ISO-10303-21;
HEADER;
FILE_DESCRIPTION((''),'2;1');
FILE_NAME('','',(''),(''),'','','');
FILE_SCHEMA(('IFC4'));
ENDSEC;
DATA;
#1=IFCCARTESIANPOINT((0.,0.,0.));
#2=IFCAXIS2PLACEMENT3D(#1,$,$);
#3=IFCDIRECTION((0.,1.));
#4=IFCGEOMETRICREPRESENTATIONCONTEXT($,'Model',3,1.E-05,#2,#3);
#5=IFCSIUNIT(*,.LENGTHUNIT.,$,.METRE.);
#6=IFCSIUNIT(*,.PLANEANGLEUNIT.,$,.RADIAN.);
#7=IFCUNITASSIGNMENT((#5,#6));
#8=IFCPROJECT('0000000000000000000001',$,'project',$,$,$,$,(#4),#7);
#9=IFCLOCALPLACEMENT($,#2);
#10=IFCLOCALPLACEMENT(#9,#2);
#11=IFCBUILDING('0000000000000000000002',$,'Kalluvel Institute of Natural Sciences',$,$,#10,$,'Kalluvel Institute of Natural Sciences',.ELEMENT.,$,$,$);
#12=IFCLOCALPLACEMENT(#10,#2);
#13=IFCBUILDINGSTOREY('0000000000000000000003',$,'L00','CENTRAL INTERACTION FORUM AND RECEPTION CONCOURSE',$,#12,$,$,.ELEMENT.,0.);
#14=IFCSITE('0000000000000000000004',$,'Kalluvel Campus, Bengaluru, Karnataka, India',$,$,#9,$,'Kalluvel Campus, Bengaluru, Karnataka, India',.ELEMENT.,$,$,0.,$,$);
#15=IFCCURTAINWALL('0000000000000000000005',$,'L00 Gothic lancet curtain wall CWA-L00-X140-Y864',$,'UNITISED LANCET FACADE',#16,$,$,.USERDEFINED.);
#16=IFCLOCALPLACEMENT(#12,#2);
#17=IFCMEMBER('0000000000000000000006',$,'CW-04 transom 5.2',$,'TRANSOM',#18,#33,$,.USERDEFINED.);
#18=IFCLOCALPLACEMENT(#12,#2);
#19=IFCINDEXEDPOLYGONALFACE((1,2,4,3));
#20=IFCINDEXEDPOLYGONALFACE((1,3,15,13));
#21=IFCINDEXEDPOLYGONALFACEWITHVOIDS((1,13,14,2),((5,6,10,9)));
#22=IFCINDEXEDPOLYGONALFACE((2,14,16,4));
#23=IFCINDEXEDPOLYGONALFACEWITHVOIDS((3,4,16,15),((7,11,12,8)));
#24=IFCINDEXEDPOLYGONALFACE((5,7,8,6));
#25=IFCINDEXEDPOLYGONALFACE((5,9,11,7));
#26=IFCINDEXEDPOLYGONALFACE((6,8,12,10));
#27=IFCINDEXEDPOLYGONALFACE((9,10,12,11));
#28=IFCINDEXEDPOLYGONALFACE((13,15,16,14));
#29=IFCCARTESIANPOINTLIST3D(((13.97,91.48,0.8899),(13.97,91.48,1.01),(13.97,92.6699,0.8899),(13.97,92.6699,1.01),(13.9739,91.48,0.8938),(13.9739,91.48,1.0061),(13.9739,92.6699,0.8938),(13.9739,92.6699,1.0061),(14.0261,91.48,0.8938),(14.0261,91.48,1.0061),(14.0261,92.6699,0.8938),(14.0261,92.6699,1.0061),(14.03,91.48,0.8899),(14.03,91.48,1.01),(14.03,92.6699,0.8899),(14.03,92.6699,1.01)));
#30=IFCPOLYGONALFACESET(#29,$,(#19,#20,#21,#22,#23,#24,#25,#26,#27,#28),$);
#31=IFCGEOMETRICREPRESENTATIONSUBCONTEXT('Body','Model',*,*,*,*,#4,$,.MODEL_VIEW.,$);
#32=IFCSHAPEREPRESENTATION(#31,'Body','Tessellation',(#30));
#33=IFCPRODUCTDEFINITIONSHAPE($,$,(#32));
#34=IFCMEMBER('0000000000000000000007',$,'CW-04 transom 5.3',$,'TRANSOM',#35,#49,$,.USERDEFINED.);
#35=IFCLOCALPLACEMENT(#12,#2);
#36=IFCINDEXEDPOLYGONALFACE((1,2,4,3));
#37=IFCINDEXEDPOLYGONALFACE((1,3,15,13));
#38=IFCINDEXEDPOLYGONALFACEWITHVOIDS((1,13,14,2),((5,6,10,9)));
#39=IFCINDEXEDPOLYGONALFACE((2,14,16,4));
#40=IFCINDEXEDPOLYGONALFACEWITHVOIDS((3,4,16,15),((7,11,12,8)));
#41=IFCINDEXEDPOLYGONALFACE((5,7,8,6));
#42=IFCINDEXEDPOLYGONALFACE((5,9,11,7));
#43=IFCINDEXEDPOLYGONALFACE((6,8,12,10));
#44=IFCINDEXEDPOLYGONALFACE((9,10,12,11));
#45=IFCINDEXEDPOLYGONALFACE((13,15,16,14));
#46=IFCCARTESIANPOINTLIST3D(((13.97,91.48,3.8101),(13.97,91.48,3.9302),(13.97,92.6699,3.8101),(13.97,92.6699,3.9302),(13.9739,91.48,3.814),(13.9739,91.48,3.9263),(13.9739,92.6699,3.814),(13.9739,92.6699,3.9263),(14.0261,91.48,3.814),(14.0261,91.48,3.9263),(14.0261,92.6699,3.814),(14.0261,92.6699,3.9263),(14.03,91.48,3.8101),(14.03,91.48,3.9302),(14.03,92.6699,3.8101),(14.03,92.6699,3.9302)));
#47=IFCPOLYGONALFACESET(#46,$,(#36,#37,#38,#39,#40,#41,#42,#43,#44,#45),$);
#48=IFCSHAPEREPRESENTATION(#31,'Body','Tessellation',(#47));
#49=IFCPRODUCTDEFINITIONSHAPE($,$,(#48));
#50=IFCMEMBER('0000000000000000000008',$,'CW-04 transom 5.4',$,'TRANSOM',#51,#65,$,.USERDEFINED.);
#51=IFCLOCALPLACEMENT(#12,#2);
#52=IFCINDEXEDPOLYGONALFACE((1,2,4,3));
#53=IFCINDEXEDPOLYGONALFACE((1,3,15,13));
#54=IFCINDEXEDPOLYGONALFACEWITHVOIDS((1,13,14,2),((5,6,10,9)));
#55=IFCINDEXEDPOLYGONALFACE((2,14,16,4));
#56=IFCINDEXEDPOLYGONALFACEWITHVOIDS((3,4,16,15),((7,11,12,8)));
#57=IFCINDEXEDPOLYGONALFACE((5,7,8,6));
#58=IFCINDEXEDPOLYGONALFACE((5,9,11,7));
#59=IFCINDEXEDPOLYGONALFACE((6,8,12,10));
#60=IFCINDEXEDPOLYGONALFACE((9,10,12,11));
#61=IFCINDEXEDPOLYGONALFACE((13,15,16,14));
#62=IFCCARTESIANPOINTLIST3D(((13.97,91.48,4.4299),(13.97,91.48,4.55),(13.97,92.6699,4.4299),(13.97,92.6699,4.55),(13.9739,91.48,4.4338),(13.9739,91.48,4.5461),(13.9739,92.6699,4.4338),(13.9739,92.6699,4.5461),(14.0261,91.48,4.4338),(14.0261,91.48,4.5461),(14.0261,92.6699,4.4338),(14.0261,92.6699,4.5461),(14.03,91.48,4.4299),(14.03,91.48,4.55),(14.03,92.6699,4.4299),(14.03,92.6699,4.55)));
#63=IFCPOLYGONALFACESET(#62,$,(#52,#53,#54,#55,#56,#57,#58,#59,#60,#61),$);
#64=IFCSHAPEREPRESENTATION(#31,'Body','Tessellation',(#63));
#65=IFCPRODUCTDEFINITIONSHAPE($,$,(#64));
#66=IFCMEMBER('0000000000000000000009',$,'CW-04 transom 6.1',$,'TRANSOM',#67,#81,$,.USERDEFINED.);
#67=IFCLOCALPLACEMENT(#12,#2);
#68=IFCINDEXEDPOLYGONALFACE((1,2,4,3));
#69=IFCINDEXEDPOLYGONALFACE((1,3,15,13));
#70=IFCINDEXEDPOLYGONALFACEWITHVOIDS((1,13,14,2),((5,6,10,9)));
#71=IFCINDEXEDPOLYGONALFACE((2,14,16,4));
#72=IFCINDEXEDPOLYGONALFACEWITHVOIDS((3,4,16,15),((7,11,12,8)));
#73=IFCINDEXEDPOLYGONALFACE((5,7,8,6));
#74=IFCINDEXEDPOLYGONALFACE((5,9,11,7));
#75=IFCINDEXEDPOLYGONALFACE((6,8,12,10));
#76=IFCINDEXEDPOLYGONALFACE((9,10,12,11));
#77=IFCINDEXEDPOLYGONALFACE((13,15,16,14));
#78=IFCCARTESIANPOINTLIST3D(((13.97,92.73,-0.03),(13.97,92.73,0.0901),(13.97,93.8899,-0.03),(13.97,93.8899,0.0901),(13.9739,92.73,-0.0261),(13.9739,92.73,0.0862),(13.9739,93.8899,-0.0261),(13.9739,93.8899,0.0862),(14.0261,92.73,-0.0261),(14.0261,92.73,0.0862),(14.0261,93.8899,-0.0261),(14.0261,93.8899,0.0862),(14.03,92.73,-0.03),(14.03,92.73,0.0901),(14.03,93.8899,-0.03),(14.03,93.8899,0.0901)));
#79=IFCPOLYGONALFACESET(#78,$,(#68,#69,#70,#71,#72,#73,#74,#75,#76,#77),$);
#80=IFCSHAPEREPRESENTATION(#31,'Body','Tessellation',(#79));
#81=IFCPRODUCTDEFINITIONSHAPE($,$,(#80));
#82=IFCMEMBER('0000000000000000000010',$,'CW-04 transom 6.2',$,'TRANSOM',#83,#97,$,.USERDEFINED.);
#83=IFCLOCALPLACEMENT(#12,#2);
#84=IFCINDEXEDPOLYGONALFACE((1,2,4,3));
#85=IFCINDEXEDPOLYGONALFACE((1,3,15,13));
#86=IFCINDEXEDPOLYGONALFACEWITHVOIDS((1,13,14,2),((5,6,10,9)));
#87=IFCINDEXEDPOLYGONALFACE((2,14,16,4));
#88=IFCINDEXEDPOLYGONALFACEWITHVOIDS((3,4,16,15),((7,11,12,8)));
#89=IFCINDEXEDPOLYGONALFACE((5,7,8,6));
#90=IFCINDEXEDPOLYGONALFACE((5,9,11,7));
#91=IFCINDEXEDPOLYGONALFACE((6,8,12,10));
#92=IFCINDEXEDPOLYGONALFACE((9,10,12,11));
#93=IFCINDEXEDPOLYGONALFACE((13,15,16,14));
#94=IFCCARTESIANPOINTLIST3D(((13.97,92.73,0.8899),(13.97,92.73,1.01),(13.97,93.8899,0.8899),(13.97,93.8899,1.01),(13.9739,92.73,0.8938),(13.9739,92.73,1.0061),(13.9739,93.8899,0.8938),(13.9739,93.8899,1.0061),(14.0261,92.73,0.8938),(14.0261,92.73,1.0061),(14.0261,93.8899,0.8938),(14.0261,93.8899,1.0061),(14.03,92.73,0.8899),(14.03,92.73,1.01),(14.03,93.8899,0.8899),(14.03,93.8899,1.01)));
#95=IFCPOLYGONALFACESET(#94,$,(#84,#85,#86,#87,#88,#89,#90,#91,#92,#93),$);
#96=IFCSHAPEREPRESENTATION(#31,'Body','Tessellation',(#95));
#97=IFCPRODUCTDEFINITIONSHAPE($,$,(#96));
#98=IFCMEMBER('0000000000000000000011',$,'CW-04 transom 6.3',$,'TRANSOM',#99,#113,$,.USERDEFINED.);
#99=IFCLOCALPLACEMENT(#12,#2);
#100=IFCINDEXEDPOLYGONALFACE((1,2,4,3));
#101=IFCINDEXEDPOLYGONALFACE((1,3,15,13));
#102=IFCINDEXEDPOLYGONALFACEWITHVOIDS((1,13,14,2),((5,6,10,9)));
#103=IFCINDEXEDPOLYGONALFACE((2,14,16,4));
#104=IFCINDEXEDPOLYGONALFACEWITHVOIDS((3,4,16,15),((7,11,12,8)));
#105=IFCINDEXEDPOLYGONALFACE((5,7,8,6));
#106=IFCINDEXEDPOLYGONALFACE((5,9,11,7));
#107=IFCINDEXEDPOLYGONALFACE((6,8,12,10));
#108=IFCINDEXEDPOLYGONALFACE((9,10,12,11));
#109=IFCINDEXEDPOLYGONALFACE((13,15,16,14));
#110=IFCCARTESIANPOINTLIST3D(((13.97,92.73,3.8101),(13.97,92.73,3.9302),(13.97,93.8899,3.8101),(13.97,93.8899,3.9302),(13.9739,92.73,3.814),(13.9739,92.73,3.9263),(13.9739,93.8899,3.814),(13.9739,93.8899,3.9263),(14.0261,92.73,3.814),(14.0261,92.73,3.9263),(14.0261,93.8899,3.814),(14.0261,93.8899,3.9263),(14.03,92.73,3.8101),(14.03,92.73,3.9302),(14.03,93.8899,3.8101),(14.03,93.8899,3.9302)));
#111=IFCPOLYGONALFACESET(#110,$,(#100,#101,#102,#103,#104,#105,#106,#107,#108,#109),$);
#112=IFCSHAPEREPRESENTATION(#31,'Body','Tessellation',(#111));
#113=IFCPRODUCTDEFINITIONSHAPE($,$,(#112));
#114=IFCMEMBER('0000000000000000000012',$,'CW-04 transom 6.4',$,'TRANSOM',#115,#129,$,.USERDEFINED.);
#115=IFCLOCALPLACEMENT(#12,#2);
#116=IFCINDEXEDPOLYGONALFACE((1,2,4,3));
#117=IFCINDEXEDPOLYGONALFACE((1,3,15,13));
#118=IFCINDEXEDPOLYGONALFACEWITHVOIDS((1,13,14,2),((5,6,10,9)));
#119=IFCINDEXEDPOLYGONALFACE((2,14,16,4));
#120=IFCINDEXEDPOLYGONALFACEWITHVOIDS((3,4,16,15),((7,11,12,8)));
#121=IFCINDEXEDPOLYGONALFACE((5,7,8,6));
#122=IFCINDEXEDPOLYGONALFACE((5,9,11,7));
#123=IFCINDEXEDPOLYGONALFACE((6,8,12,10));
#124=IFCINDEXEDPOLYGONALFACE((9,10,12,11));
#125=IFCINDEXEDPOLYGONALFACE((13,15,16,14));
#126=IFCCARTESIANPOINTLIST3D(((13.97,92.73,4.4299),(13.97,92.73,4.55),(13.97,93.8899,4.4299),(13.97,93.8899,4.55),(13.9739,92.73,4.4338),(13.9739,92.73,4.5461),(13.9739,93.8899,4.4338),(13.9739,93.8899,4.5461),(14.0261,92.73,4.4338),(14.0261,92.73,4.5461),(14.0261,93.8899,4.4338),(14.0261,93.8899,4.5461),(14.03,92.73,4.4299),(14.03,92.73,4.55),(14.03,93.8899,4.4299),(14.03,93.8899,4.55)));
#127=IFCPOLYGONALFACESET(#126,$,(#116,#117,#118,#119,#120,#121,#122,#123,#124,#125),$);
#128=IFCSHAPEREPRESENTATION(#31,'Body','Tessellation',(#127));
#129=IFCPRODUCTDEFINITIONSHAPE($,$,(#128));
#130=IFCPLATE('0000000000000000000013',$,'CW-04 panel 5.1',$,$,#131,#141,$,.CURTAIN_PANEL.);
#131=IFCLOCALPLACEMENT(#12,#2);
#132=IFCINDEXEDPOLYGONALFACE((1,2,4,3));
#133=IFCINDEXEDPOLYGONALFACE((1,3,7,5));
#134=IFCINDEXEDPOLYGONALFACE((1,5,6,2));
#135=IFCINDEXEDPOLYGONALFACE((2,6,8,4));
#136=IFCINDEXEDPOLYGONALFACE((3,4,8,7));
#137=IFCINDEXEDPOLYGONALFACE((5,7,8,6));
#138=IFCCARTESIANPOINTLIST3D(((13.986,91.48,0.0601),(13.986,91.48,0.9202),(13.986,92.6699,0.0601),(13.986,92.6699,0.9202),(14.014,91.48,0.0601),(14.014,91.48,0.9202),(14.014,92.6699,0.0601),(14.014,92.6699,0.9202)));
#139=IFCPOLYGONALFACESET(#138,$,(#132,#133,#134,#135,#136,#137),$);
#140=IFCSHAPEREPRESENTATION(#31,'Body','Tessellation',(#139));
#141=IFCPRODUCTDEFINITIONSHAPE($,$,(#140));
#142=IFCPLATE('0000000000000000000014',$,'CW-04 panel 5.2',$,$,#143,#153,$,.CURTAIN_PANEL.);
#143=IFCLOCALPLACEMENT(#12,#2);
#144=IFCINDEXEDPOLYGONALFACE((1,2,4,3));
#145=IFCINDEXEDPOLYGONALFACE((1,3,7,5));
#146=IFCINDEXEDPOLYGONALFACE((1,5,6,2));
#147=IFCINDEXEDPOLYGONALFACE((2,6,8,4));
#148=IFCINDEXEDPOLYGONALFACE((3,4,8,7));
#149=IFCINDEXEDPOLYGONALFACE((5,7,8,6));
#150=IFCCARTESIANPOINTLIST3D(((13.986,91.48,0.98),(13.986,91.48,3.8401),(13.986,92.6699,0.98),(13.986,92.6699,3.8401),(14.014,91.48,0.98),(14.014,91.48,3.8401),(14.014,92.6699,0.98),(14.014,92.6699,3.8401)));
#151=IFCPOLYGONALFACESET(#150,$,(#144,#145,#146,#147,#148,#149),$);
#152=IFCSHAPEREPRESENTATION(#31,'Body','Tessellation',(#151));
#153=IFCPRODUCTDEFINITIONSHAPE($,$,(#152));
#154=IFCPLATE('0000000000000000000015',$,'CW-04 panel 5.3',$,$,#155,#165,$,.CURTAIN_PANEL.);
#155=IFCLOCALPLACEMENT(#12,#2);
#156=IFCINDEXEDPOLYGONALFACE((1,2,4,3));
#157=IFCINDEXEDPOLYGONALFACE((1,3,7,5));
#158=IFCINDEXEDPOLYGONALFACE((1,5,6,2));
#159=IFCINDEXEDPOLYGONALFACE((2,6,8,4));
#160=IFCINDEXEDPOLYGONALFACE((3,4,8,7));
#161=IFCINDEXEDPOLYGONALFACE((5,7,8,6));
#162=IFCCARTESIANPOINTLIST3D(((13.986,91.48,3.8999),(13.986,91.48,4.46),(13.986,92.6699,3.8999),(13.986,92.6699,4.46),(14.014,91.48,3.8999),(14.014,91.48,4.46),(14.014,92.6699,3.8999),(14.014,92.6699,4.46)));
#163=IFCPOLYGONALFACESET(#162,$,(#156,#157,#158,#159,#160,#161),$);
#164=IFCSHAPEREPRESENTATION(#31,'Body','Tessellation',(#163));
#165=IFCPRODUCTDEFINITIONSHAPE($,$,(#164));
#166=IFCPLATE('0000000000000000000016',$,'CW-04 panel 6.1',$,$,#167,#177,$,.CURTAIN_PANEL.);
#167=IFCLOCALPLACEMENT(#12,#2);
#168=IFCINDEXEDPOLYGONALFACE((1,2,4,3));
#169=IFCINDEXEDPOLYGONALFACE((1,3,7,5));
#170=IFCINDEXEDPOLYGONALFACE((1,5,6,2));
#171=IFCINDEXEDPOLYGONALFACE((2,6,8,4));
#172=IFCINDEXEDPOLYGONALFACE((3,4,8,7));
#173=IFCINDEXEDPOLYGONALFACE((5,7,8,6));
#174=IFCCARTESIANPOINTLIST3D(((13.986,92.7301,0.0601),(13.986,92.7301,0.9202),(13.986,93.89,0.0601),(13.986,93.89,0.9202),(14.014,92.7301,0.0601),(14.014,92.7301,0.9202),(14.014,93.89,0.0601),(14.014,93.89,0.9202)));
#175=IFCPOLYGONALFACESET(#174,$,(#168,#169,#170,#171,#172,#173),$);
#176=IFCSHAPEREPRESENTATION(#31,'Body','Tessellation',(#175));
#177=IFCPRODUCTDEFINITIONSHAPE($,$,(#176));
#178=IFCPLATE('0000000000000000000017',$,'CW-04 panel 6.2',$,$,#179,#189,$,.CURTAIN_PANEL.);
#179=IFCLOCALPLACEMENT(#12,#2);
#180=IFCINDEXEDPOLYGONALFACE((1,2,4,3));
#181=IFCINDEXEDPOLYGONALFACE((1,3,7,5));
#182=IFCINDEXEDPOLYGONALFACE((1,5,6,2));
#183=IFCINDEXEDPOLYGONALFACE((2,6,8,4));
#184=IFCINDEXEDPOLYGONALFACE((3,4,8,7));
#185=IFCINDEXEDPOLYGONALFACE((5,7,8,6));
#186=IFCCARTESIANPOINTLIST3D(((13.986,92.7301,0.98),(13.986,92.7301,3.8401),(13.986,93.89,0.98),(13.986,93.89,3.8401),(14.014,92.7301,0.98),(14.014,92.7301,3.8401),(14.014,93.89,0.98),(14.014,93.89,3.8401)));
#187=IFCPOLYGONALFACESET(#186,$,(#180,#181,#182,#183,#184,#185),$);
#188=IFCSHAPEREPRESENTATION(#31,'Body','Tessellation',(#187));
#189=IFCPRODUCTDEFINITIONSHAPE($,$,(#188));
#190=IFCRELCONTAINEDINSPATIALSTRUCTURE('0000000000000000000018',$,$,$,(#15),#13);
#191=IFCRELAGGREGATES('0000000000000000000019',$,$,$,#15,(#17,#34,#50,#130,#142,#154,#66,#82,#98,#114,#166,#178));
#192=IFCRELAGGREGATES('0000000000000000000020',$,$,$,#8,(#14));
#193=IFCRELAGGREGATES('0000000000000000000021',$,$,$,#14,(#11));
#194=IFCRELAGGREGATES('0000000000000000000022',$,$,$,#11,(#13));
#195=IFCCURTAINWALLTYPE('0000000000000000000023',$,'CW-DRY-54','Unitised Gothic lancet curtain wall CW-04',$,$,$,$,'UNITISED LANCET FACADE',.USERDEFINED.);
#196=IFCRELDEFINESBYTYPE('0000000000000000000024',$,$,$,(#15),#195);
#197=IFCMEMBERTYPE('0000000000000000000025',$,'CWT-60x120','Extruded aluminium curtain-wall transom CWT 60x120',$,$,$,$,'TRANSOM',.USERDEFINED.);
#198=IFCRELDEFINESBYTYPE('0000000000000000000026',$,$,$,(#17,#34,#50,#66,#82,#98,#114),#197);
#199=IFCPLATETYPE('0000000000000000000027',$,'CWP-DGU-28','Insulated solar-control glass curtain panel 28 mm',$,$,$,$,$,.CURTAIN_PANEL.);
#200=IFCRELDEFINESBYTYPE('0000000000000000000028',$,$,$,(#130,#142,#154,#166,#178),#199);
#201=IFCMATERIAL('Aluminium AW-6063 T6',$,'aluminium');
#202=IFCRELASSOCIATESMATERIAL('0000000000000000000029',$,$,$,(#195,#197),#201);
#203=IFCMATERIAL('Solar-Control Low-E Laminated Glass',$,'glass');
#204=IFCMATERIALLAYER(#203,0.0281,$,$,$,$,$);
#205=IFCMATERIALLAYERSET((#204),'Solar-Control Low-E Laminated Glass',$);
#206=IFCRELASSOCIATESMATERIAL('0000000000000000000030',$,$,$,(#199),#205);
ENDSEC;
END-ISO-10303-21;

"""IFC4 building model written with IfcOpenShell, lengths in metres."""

from ifc_helpers import new_model, si_unit, direction, frame, origin, origin_2d, place, context, subcontext, project, spatial, rectangle, hollow_rectangle, extrude, material, layer, layer_set, material_profile, profile_set, type_object, element, aggregate, save


model = new_model("IFC4")

# Units and contexts
model_context = context("Model", 3, precision=1e-05, world=origin(), true_north=direction((0.0, 1.0)))
body_context = subcontext(model_context, "Body", "Model", "MODEL_VIEW")
ifc_project = project(units=[si_unit("LENGTHUNIT", "METRE"), si_unit("PLANEANGLEUNIT", "RADIAN")], contexts=[model_context])

# Site, building, storey
site_placement = place(None, origin())
site = spatial("IfcSite", under=ifc_project, at=site_placement, Name="Kalluvel Campus, Bengaluru, Karnataka, India", LongName="Kalluvel Campus, Bengaluru, Karnataka, India", CompositionType="ELEMENT", RefElevation=0.0)
building_placement = place(site_placement, origin())
building = spatial("IfcBuilding", under=site, at=building_placement, Name="Kalluvel Institute of Natural Sciences", LongName="Kalluvel Institute of Natural Sciences", CompositionType="ELEMENT")
storey_placement = place(building_placement, origin())
storey = spatial("IfcBuildingStorey", under=building, at=storey_placement, Name="L00", Description="CENTRAL INTERACTION FORUM AND RECEPTION CONCOURSE", CompositionType="ELEMENT", Elevation=0.0)

# Curtain wall, members, plates
ifc_material_1 = material(Name="Aluminium AW-6063 T6", Category="aluminium")
curtain_wall_type = type_object("IfcCurtainWallType", Name="CW-DRY-54", Description="Unitised Gothic lancet curtain wall CW-04", ElementType="UNITISED LANCET FACADE", PredefinedType="USERDEFINED", material=ifc_material_1)
curtain_wall_placement = place(storey_placement, origin())
curtain_wall = element("IfcCurtainWall", 1, at=curtain_wall_placement, inside=storey, type_object=curtain_wall_type, Name="L00 Gothic lancet curtain wall CWA-L00-X140-Y864", ObjectType="UNITISED LANCET FACADE", PredefinedType="USERDEFINED")
ifc_material_profile_1 = material_profile(ifc_material_1, hollow_rectangle(XDim=0.0601, YDim=0.1201, WallThickness=0.0039, at=origin_2d()), Name="CWT 60x120")
ifc_profile_set_1 = profile_set([ifc_material_profile_1], Name="Aluminium AW-6063 T6")
member_type_1 = type_object("IfcMemberType", Name="CWT-60x120", Description="Extruded aluminium curtain-wall transom CWT 60x120", ElementType="TRANSOM", PredefinedType="USERDEFINED", material=ifc_profile_set_1)
member_1_placement = place(storey_placement, frame((14.0, 91.48, 0.95), z_axis=(0.0, 1.0, 0.0), x_axis=(-1.0, 0.0, 0.0)))
member_1 = element("IfcMember", 2, at=member_1_placement, type_object=member_type_1, Name="CW-04 transom 5.2", ObjectType="TRANSOM", PredefinedType="USERDEFINED", context=body_context, shape_type="SweptSolid", body=[
    extrude(hollow_rectangle(XDim=0.0601, YDim=0.1201, WallThickness=0.0039, at=origin_2d()), origin(), (0.0, 0.0, 1.0), 1.1899),
])
member_2_placement = place(storey_placement, frame((14.0, 91.48, 3.8701), z_axis=(0.0, 1.0, 0.0), x_axis=(-1.0, 0.0, 0.0)))
member_2 = element("IfcMember", 3, at=member_2_placement, type_object=member_type_1, Name="CW-04 transom 5.3", ObjectType="TRANSOM", PredefinedType="USERDEFINED", context=body_context, shape_type="SweptSolid", body=[
    extrude(hollow_rectangle(XDim=0.0601, YDim=0.1201, WallThickness=0.0039, at=origin_2d()), origin(), (0.0, 0.0, 1.0), 1.1899),
])
member_3_placement = place(storey_placement, frame((14.0, 91.48, 4.49), z_axis=(0.0, 1.0, 0.0), x_axis=(-1.0, 0.0, 0.0)))
member_3 = element("IfcMember", 4, at=member_3_placement, type_object=member_type_1, Name="CW-04 transom 5.4", ObjectType="TRANSOM", PredefinedType="USERDEFINED", context=body_context, shape_type="SweptSolid", body=[
    extrude(hollow_rectangle(XDim=0.0601, YDim=0.1201, WallThickness=0.0039, at=origin_2d()), origin(), (0.0, 0.0, 1.0), 1.1899),
])
member_4_placement = place(storey_placement, frame((14.0, 92.73, 0.03), z_axis=(0.0, 1.0, 0.0), x_axis=(-1.0, 0.0, 0.0)))
member_4 = element("IfcMember", 5, at=member_4_placement, type_object=member_type_1, Name="CW-04 transom 6.1", ObjectType="TRANSOM", PredefinedType="USERDEFINED", context=body_context, shape_type="SweptSolid", body=[
    extrude(hollow_rectangle(XDim=0.0601, YDim=0.1201, WallThickness=0.0039, at=origin_2d()), origin(), (0.0, 0.0, 1.0), 1.1599),
])
member_5_placement = place(storey_placement, frame((14.0, 92.73, 0.95), z_axis=(0.0, 1.0, 0.0), x_axis=(-1.0, 0.0, 0.0)))
member_5 = element("IfcMember", 6, at=member_5_placement, type_object=member_type_1, Name="CW-04 transom 6.2", ObjectType="TRANSOM", PredefinedType="USERDEFINED", context=body_context, shape_type="SweptSolid", body=[
    extrude(hollow_rectangle(XDim=0.0601, YDim=0.1201, WallThickness=0.0039, at=origin_2d()), origin(), (0.0, 0.0, 1.0), 1.1599),
])
member_6_placement = place(storey_placement, frame((14.0, 92.73, 3.8701), z_axis=(0.0, 1.0, 0.0), x_axis=(-1.0, 0.0, 0.0)))
member_6 = element("IfcMember", 7, at=member_6_placement, type_object=member_type_1, Name="CW-04 transom 6.3", ObjectType="TRANSOM", PredefinedType="USERDEFINED", context=body_context, shape_type="SweptSolid", body=[
    extrude(hollow_rectangle(XDim=0.0601, YDim=0.1201, WallThickness=0.0039, at=origin_2d()), origin(), (0.0, 0.0, 1.0), 1.1599),
])
member_7_placement = place(storey_placement, frame((14.0, 92.73, 4.49), z_axis=(0.0, 1.0, 0.0), x_axis=(-1.0, 0.0, 0.0)))
member_7 = element("IfcMember", 8, at=member_7_placement, type_object=member_type_1, Name="CW-04 transom 6.4", ObjectType="TRANSOM", PredefinedType="USERDEFINED", context=body_context, shape_type="SweptSolid", body=[
    extrude(hollow_rectangle(XDim=0.0601, YDim=0.1201, WallThickness=0.0039, at=origin_2d()), origin(), (0.0, 0.0, 1.0), 1.1599),
])
ifc_material_2 = material(Name="Solar-Control Low-E Laminated Glass", Category="glass")
ifc_layer_1 = layer(ifc_material_2, 0.0281)
ifc_layer_set_1 = layer_set([ifc_layer_1], Name="Solar-Control Low-E Laminated Glass")
plate_type = type_object("IfcPlateType", Name="CWP-DGU-28", Description="Insulated solar-control glass curtain panel 28 mm", PredefinedType="CURTAIN_PANEL", material=ifc_layer_set_1)
plate_1_placement = place(storey_placement, frame((14.0, 92.075, 0.0601), z_axis=(0.0, 0.0, 1.0), x_axis=(0.0, 1.0, 0.0)))
plate_1 = element("IfcPlate", 9, at=plate_1_placement, type_object=plate_type, Name="CW-04 panel 5.1", PredefinedType="CURTAIN_PANEL", context=body_context, shape_type="SweptSolid", body=[
    extrude(rectangle(XDim=1.1899, YDim=0.0281, at=origin_2d()), origin(), (0.0, 0.0, 1.0), 0.8601),
])
plate_2_placement = place(storey_placement, frame((14.0, 92.075, 0.98), z_axis=(0.0, 0.0, 1.0), x_axis=(0.0, 1.0, 0.0)))
plate_2 = element("IfcPlate", 10, at=plate_2_placement, type_object=plate_type, Name="CW-04 panel 5.2", PredefinedType="CURTAIN_PANEL", context=body_context, shape_type="SweptSolid", body=[
    extrude(rectangle(XDim=1.1899, YDim=0.0281, at=origin_2d()), origin(), (0.0, 0.0, 1.0), 2.8601),
])
plate_3_placement = place(storey_placement, frame((14.0, 92.075, 3.8999), z_axis=(0.0, 0.0, 1.0), x_axis=(0.0, 1.0, 0.0)))
plate_3 = element("IfcPlate", 11, at=plate_3_placement, type_object=plate_type, Name="CW-04 panel 5.3", PredefinedType="CURTAIN_PANEL", context=body_context, shape_type="SweptSolid", body=[
    extrude(rectangle(XDim=1.1899, YDim=0.0281, at=origin_2d()), origin(), (0.0, 0.0, 1.0), 0.5601),
])
plate_4_placement = place(storey_placement, frame((14.0, 93.3101, 0.0601), z_axis=(0.0, 0.0, 1.0), x_axis=(0.0, 1.0, 0.0)))
plate_4 = element("IfcPlate", 12, at=plate_4_placement, type_object=plate_type, Name="CW-04 panel 6.1", PredefinedType="CURTAIN_PANEL", context=body_context, shape_type="SweptSolid", body=[
    extrude(rectangle(XDim=1.1599, YDim=0.0281, at=origin_2d()), origin(), (0.0, 0.0, 1.0), 0.8601),
])
plate_5_placement = place(storey_placement, frame((14.0, 93.3101, 0.98), z_axis=(0.0, 0.0, 1.0), x_axis=(0.0, 1.0, 0.0)))
plate_5 = element("IfcPlate", 13, at=plate_5_placement, type_object=plate_type, Name="CW-04 panel 6.2", PredefinedType="CURTAIN_PANEL", context=body_context, shape_type="SweptSolid", body=[
    extrude(rectangle(XDim=1.1599, YDim=0.0281, at=origin_2d()), origin(), (0.0, 0.0, 1.0), 2.8601),
])
aggregate(curtain_wall, [member_1, member_2, member_3, plate_1, plate_2, plate_3, member_4, member_5, member_6, member_7, plate_4, plate_5])

save(model, "model.ifc")
